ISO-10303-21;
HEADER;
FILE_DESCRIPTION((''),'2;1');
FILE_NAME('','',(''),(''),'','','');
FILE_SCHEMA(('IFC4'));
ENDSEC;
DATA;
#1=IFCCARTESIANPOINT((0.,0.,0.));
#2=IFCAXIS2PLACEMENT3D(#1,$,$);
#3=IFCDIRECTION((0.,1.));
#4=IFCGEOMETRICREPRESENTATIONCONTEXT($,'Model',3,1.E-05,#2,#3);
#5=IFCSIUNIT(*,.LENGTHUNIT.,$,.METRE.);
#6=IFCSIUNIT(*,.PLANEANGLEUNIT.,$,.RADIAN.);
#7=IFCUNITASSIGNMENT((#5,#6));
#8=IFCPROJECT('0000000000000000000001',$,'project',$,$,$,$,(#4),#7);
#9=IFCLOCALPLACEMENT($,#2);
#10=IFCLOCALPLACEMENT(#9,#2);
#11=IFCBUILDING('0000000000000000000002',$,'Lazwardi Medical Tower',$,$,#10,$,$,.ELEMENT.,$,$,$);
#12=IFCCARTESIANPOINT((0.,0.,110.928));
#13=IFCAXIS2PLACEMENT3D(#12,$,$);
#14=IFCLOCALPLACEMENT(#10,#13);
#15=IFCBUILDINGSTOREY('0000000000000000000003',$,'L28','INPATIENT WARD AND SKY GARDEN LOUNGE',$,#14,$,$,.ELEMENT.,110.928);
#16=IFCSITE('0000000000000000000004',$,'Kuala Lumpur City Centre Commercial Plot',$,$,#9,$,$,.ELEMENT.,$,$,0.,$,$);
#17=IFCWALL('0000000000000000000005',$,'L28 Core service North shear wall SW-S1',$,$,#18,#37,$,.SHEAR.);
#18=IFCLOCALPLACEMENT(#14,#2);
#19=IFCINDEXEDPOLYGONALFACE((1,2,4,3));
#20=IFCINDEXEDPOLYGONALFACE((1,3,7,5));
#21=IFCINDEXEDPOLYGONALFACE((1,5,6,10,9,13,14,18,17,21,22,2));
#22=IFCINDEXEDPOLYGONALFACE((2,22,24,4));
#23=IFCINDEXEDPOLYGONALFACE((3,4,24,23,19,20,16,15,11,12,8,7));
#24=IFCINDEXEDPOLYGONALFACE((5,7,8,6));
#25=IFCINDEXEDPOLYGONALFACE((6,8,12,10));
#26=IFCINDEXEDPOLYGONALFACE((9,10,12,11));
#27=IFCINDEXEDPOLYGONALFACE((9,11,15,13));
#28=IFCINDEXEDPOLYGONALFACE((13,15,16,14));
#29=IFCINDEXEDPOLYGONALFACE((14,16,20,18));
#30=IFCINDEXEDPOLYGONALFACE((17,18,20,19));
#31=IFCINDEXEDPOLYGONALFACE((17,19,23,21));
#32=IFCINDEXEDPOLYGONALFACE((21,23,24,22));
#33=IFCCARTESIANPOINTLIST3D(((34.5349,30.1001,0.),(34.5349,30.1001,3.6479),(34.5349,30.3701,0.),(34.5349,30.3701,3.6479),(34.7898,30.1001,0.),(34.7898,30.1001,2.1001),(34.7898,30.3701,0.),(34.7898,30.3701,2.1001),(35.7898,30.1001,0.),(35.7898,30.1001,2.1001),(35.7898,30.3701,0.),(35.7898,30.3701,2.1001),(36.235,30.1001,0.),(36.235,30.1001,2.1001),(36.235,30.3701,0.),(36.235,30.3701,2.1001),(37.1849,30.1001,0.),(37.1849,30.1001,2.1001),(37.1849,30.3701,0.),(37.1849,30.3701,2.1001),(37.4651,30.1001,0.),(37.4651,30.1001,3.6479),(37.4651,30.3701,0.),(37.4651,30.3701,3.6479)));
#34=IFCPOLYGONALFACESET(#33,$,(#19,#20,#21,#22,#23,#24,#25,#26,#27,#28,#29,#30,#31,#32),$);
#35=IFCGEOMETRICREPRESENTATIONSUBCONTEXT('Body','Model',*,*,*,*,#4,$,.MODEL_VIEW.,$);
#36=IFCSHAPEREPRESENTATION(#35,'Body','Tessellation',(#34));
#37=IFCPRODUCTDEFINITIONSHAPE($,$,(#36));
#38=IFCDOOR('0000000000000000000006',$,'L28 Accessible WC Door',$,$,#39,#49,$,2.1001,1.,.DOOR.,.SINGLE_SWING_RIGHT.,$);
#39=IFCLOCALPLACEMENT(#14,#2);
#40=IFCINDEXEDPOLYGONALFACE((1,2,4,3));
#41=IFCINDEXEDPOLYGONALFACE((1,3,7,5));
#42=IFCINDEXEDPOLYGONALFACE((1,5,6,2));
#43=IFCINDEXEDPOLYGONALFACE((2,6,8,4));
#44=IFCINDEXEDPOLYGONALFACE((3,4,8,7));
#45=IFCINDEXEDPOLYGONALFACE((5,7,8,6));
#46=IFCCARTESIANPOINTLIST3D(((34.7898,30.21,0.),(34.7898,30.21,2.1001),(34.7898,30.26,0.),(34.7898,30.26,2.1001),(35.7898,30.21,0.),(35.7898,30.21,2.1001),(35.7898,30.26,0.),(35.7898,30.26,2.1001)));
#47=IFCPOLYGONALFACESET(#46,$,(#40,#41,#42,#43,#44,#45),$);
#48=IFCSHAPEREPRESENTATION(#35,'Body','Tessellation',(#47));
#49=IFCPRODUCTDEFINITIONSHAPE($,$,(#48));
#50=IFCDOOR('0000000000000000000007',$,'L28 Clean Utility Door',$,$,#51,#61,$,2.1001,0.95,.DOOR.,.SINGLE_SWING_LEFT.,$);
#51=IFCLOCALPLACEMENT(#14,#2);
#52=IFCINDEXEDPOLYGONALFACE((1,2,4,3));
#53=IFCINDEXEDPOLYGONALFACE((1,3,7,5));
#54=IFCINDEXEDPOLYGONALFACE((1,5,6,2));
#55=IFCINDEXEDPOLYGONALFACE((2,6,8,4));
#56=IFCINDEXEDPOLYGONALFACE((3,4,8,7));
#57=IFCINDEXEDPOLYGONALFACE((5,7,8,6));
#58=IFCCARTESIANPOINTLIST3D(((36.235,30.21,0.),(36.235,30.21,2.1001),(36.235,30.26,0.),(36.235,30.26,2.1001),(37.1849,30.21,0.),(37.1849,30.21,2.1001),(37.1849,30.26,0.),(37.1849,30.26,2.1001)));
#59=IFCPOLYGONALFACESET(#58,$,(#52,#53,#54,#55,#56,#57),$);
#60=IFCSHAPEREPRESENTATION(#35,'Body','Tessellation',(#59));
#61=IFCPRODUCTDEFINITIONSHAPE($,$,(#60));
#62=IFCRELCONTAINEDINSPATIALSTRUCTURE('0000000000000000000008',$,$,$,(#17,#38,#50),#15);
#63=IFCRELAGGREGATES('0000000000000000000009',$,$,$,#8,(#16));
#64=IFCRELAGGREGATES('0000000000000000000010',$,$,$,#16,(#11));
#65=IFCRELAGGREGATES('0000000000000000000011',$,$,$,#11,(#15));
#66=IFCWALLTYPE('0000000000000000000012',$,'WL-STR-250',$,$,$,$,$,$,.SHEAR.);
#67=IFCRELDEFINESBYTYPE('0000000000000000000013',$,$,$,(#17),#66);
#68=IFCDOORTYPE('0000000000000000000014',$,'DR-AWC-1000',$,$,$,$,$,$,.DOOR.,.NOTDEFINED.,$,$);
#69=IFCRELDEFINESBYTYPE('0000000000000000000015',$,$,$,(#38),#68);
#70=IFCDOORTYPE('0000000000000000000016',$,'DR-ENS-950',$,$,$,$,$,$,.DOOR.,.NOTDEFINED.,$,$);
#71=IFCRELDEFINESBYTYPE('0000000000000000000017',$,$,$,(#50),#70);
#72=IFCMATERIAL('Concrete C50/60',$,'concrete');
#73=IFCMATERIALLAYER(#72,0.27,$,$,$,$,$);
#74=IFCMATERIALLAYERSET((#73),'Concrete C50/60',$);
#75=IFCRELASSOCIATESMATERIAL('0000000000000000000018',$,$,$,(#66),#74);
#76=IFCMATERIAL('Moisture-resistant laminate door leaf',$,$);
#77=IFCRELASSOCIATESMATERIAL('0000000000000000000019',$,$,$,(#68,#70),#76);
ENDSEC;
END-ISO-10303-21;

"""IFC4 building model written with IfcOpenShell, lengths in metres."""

from ifc_helpers import new_model, si_unit, direction, frame, frame_2d, origin, place, context, subcontext, project, spatial, rectangle, extrude, material, layer, layer_set, type_object, element, fill, save


model = new_model("IFC4")

# Units and contexts
model_context = context("Model", 3, precision=1e-05, world=origin(), true_north=direction((0.0, 1.0)))
body_context = subcontext(model_context, "Body", "Model", "MODEL_VIEW")
ifc_project = project(units=[si_unit("LENGTHUNIT", "METRE"), si_unit("PLANEANGLEUNIT", "RADIAN")], contexts=[model_context])

# Site, building, storey
site_placement = place(None, origin())
site = spatial("IfcSite", under=ifc_project, at=site_placement, Name="Kuala Lumpur City Centre Commercial Plot", CompositionType="ELEMENT", RefElevation=0.0)
building_placement = place(site_placement, origin())
building = spatial("IfcBuilding", under=site, at=building_placement, Name="Lazwardi Medical Tower", CompositionType="ELEMENT")
storey_placement = place(building_placement, frame((0.0, 0.0, 110.928)))
storey = spatial("IfcBuildingStorey", under=building, at=storey_placement, Name="L28", Description="INPATIENT WARD AND SKY GARDEN LOUNGE", CompositionType="ELEMENT", Elevation=110.928)

# Wall, openings, doors
ifc_material_1 = material(Name="Concrete C50/60", Category="concrete")
ifc_layer_1 = layer(ifc_material_1, 0.27)
ifc_layer_set_1 = layer_set([ifc_layer_1], Name="Concrete C50/60")
wall_type_1 = type_object("IfcWallType", Name="WL-STR-250", PredefinedType="SHEAR", material=ifc_layer_set_1)
wall_1_placement = place(storey_placement, frame((34.5349, 30.2351, 0.0), z_axis=(0.0, 0.0, 1.0), x_axis=(1.0, 0.0, 0.0)))
wall_1 = element("IfcWall", 1, at=wall_1_placement, inside=storey, type_object=wall_type_1, Name="L28 Core service North shear wall SW-S1", PredefinedType="SHEAR", context=body_context, shape_type="SweptSolid", body=[
    extrude(rectangle(XDim=2.9302, YDim=0.27, at=frame_2d((1.4651, 0.0))), origin(), (0.0, 0.0, 1.0), 3.6479),
])
opening_1_placement = place(wall_1_placement, frame((0.2549, 0.0, 0.0)))
opening_1 = element("IfcOpeningElement", 2, at=opening_1_placement, cuts=wall_1, PredefinedType="OPENING", context=body_context, shape_type="SweptSolid", body=[
    extrude(rectangle(XDim=1.0, YDim=2.1001, at=frame_2d((0.5, 1.05))), frame((0.0, 0.145, 0.0), z_axis=(0.0, -1.0, 0.0), x_axis=(1.0, 0.0, 0.0)), (0.0, 0.0, 1.0), 0.29),
])
opening_2_placement = place(wall_1_placement, frame((1.7, 0.0, 0.0)))
opening_2 = element("IfcOpeningElement", 3, at=opening_2_placement, cuts=wall_1, PredefinedType="OPENING", context=body_context, shape_type="SweptSolid", body=[
    extrude(rectangle(XDim=0.95, YDim=2.1001, at=frame_2d((0.4751, 1.05))), frame((0.0, 0.145, 0.0), z_axis=(0.0, -1.0, 0.0), x_axis=(1.0, 0.0, 0.0)), (0.0, 0.0, 1.0), 0.29),
])
ifc_material_2 = material(Name="Moisture-resistant laminate door leaf")
door_type_1 = type_object("IfcDoorType", Name="DR-AWC-1000", OperationType="NOTDEFINED", PredefinedType="DOOR", material=ifc_material_2)
door_1_placement = place(opening_1_placement, origin())
door_1 = element("IfcDoor", 4, at=door_1_placement, inside=storey, type_object=door_type_1, Name="L28 Accessible WC Door", OperationType="SINGLE_SWING_RIGHT", OverallHeight=2.1001, OverallWidth=1.0, PredefinedType="DOOR", context=body_context, shape_type="SweptSolid", body=[
    extrude(rectangle(XDim=1.0, YDim=2.1001, at=frame_2d((0.5, 1.05))), frame((0.0, 0.0249, 0.0), z_axis=(0.0, -1.0, 0.0), x_axis=(1.0, 0.0, 0.0)), (0.0, 0.0, 1.0), 0.05),
])
fill(opening_1, door_1)
door_type_2 = type_object("IfcDoorType", Name="DR-ENS-950", OperationType="NOTDEFINED", PredefinedType="DOOR", material=ifc_material_2)
door_2_placement = place(opening_2_placement, origin())
door_2 = element("IfcDoor", 5, at=door_2_placement, inside=storey, type_object=door_type_2, Name="L28 Clean Utility Door", OperationType="SINGLE_SWING_LEFT", OverallHeight=2.1001, OverallWidth=0.95, PredefinedType="DOOR", context=body_context, shape_type="SweptSolid", body=[
    extrude(rectangle(XDim=0.95, YDim=2.1001, at=frame_2d((0.4751, 1.05))), frame((0.0, 0.0249, 0.0), z_axis=(0.0, -1.0, 0.0), x_axis=(1.0, 0.0, 0.0)), (0.0, 0.0, 1.0), 0.05),
])
fill(opening_2, door_2)

save(model, "model.ifc")
